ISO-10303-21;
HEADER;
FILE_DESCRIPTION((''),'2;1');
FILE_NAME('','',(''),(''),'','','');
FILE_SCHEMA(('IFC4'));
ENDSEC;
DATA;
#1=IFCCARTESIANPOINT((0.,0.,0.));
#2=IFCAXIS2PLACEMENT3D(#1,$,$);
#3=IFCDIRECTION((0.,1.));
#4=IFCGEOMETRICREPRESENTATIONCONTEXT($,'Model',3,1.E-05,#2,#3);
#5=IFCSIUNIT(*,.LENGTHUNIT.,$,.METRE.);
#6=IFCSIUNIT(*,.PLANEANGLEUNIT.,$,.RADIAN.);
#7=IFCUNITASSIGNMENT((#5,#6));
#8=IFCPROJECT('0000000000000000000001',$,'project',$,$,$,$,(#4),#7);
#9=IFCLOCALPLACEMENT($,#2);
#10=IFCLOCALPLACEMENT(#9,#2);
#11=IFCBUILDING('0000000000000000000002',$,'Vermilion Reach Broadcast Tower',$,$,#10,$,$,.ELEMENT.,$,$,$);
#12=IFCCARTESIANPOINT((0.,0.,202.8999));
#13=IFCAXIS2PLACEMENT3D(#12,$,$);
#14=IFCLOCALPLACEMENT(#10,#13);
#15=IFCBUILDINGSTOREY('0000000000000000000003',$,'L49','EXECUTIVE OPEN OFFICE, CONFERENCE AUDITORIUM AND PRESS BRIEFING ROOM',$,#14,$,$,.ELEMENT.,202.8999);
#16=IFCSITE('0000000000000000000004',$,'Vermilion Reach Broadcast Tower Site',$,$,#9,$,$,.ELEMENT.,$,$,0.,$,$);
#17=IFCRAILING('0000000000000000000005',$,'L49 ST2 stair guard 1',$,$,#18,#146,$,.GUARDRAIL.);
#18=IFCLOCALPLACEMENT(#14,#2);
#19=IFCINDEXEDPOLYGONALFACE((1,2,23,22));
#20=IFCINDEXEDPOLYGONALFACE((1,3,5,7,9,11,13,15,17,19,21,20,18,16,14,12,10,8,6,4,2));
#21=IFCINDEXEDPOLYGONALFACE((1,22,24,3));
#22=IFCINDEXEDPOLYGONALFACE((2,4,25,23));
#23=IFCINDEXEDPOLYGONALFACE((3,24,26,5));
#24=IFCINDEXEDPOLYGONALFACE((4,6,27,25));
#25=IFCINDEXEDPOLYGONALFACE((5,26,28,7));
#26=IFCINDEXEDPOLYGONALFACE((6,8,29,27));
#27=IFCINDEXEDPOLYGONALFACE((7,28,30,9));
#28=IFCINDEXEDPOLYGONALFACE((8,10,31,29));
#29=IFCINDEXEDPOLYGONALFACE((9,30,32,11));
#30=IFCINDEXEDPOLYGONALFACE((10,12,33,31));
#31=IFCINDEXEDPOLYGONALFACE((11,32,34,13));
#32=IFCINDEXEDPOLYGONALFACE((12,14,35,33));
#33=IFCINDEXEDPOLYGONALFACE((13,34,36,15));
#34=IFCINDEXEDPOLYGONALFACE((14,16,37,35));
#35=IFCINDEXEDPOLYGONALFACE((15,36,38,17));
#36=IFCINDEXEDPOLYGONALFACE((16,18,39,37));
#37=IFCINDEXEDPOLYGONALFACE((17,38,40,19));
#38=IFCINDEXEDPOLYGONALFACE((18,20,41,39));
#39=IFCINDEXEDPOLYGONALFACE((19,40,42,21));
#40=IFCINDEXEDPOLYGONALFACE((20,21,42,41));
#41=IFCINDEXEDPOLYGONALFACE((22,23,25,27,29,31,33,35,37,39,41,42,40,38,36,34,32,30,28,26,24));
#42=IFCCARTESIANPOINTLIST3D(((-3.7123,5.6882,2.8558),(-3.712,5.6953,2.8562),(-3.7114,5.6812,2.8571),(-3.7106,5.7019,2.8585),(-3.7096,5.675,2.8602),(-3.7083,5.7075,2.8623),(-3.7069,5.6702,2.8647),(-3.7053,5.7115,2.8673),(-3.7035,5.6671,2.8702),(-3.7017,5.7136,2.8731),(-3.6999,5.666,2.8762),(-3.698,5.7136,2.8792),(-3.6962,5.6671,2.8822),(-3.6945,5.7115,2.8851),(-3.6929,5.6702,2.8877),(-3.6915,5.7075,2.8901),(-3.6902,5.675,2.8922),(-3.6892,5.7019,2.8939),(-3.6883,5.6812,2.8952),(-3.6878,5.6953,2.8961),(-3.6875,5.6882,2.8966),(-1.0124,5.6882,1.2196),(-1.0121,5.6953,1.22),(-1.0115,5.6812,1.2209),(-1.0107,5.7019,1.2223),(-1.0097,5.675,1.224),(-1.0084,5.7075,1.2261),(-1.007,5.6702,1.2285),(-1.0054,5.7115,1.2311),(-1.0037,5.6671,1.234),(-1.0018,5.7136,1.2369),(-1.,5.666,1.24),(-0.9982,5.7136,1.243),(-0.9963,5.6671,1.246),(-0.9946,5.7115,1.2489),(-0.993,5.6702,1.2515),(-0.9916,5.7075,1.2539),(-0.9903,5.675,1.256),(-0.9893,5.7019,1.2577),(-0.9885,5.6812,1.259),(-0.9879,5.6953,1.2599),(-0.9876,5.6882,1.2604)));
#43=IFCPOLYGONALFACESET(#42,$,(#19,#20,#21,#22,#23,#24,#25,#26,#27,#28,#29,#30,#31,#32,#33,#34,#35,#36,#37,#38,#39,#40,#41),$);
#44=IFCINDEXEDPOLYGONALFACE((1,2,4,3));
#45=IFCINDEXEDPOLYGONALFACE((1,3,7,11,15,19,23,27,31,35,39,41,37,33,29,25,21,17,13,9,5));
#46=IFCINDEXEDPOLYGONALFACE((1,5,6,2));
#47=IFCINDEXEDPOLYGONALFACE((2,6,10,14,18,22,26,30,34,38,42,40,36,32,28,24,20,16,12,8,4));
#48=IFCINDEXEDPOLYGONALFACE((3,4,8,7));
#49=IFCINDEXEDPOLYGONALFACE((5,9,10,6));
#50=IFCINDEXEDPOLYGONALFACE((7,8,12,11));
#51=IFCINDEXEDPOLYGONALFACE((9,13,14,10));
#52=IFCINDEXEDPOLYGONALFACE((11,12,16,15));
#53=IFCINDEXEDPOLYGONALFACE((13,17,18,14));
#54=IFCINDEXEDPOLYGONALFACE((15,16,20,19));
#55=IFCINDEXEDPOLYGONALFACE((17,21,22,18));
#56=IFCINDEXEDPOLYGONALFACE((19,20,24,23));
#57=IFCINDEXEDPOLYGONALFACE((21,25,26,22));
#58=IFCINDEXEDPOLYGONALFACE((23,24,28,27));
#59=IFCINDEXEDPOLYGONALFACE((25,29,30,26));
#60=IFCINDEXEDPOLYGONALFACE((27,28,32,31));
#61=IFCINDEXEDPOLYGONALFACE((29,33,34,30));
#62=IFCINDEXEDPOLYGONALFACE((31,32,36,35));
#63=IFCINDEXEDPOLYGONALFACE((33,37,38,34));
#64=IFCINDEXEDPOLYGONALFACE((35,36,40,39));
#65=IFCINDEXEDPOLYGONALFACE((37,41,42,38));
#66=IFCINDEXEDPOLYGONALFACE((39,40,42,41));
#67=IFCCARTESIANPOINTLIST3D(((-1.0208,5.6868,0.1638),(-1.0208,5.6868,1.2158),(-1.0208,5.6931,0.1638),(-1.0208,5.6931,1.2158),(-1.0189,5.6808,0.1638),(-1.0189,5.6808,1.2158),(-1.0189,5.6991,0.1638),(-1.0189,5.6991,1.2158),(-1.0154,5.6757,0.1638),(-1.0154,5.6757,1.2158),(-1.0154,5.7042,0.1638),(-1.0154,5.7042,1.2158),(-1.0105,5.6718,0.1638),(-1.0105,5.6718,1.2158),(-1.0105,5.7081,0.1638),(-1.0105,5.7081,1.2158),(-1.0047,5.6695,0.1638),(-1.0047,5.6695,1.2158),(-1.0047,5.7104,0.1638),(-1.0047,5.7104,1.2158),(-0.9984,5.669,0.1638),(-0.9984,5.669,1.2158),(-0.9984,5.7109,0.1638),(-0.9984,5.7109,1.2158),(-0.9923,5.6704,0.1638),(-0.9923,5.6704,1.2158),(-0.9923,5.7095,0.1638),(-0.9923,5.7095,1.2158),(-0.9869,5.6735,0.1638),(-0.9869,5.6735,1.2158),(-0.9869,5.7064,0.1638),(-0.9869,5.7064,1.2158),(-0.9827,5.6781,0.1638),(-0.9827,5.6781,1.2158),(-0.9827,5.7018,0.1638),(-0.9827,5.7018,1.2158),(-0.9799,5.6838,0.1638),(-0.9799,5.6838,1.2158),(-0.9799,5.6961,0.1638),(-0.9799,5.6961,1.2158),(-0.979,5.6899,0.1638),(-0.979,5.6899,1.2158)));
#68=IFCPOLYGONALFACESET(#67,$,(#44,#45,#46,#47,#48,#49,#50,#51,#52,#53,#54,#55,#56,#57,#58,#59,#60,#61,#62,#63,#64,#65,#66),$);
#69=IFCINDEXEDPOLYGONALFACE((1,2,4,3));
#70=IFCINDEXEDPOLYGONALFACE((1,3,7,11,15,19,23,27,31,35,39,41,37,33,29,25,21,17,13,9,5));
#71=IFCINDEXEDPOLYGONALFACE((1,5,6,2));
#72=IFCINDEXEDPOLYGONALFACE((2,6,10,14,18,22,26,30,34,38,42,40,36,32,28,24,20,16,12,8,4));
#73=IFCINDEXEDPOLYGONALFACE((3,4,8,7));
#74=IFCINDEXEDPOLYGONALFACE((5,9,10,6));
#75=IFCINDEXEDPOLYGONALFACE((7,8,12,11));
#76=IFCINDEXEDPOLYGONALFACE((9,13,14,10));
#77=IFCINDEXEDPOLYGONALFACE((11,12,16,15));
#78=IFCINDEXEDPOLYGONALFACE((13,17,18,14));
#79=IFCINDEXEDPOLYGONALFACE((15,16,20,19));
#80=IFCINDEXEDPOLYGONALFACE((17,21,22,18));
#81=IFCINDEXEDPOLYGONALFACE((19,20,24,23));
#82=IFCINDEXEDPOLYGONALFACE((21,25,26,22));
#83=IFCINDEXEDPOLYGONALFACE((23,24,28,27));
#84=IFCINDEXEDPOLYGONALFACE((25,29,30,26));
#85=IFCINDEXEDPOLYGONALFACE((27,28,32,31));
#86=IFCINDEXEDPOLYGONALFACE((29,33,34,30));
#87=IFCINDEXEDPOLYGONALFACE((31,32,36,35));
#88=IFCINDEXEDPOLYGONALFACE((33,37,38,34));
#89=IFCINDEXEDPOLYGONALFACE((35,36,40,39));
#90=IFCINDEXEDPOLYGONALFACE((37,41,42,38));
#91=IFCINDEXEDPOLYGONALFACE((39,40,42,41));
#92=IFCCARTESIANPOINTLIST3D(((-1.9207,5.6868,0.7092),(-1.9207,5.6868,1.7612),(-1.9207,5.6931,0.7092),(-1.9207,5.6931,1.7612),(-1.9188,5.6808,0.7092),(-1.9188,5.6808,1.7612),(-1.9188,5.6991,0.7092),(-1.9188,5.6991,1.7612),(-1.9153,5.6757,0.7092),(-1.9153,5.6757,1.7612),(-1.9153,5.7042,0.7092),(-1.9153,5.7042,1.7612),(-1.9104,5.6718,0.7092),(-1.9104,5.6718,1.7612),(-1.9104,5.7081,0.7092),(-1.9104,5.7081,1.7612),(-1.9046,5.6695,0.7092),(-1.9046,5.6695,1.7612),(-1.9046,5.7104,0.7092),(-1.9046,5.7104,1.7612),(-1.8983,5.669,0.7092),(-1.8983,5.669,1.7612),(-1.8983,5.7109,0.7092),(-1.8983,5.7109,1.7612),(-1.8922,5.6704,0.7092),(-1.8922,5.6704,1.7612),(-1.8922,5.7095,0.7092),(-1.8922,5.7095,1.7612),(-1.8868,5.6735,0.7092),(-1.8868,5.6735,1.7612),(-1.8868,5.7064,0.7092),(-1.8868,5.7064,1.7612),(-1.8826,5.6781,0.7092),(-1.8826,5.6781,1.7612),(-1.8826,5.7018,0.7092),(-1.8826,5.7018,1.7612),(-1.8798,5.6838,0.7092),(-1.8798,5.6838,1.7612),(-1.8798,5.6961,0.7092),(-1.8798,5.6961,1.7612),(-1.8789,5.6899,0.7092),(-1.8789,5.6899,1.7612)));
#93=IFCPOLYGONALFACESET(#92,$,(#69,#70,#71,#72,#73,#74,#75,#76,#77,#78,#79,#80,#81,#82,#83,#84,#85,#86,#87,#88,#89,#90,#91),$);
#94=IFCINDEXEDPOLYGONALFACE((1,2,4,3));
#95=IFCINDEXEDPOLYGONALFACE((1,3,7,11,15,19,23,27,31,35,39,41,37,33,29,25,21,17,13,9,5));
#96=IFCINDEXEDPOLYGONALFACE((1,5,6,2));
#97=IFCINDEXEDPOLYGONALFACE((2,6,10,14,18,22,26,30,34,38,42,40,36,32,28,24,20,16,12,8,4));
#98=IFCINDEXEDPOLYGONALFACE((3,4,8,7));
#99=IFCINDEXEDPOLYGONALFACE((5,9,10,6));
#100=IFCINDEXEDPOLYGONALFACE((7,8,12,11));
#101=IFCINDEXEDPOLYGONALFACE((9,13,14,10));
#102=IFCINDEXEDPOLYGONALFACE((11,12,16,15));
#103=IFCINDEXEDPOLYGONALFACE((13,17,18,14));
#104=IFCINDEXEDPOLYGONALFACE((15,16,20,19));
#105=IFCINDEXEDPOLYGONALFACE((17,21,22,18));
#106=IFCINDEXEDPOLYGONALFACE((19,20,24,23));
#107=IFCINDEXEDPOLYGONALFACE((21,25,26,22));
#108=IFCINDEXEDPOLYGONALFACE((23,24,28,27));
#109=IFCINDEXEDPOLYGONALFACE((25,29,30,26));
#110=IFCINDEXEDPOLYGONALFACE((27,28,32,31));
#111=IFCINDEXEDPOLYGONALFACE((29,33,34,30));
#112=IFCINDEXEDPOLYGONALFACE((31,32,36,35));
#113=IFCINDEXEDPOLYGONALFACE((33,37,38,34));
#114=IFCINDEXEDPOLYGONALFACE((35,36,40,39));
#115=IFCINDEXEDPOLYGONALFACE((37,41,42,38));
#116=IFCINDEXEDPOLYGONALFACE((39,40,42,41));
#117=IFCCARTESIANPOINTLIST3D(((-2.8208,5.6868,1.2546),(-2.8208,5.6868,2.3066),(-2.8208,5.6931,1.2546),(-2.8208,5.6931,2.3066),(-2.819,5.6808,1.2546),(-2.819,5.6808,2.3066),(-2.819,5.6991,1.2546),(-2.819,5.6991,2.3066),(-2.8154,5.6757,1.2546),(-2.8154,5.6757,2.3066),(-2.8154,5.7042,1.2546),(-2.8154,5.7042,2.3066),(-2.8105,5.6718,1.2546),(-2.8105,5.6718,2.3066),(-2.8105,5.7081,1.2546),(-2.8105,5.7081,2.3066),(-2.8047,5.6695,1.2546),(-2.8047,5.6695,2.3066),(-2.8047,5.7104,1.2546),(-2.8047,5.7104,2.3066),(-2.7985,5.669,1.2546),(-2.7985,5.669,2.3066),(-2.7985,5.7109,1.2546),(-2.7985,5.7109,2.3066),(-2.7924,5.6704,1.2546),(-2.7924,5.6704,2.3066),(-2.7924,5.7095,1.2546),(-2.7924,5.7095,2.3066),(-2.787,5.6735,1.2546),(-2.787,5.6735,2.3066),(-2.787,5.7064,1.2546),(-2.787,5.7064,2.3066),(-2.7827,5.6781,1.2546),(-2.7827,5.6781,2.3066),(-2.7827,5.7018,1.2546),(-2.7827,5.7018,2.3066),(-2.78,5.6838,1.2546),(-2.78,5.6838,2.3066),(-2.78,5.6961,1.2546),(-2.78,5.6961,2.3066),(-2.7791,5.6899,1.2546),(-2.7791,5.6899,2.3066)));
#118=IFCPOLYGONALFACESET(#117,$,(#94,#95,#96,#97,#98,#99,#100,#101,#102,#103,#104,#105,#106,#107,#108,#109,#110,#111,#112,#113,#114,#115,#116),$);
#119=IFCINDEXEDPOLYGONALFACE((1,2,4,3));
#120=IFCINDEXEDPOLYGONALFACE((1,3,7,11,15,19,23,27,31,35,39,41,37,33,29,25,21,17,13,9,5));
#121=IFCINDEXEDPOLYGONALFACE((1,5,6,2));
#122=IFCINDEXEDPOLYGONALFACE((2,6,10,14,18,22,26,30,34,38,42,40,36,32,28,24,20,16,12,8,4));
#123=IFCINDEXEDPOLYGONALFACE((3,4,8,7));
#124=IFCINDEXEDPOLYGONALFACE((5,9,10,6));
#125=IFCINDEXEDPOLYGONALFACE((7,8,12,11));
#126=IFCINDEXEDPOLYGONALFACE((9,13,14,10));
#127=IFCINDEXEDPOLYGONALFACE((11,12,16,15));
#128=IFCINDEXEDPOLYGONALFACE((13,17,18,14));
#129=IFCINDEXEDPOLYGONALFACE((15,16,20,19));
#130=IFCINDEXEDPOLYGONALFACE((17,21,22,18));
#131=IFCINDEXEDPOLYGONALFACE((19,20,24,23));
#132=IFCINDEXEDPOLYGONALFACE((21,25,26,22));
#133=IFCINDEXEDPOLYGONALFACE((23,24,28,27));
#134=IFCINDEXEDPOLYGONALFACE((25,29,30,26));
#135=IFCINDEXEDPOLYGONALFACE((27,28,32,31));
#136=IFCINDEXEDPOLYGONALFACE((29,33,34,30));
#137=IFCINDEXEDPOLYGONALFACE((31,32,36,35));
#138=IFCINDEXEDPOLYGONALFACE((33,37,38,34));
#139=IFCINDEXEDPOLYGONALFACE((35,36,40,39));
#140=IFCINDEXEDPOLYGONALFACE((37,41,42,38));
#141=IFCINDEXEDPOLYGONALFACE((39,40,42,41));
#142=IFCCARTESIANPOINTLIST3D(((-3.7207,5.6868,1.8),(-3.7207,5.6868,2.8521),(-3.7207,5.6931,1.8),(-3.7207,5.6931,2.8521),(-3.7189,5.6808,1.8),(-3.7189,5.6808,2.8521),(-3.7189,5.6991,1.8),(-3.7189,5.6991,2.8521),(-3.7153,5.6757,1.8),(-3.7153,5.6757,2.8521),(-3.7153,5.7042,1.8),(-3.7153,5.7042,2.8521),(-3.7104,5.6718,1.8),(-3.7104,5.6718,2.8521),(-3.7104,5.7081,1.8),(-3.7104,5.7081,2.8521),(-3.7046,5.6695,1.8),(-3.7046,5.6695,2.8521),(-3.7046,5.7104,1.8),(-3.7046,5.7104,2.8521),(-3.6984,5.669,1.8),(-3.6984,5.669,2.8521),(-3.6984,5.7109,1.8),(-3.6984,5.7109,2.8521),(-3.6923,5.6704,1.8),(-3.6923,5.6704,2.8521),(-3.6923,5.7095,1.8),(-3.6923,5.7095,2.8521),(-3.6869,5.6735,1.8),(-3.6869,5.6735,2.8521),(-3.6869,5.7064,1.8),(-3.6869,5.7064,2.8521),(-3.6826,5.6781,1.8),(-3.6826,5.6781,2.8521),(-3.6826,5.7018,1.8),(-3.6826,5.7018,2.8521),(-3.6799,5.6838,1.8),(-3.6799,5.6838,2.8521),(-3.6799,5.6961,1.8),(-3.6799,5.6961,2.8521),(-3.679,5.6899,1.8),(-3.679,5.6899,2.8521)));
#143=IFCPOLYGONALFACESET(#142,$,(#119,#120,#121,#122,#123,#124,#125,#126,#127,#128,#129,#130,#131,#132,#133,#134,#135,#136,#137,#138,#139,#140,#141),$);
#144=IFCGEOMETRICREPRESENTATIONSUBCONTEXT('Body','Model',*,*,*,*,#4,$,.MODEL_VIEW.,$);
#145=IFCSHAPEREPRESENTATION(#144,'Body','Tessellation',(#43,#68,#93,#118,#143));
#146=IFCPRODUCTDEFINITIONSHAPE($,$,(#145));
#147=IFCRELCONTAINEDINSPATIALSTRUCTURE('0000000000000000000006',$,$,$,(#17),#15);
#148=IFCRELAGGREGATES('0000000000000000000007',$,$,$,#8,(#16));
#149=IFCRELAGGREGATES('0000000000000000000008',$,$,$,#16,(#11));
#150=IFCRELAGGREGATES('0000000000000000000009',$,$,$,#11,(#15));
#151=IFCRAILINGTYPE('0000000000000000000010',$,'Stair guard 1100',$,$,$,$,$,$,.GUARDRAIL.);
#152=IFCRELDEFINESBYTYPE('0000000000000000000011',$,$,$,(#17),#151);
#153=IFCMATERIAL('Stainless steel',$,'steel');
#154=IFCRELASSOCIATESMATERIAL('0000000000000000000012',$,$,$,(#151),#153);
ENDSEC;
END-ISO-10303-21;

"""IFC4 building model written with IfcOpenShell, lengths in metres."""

from ifc_helpers import new_model, si_unit, direction, frame, origin, origin_2d, place, context, subcontext, project, spatial, circle, extrude, material, type_object, element, save


model = new_model("IFC4")

# Units and contexts
model_context = context("Model", 3, precision=1e-05, world=origin(), true_north=direction((0.0, 1.0)))
body_context = subcontext(model_context, "Body", "Model", "MODEL_VIEW")
ifc_project = project(units=[si_unit("LENGTHUNIT", "METRE"), si_unit("PLANEANGLEUNIT", "RADIAN")], contexts=[model_context])

# Site, building, storey
site_placement = place(None, origin())
site = spatial("IfcSite", under=ifc_project, at=site_placement, Name="Vermilion Reach Broadcast Tower Site", CompositionType="ELEMENT", RefElevation=0.0)
building_placement = place(site_placement, origin())
building = spatial("IfcBuilding", under=site, at=building_placement, Name="Vermilion Reach Broadcast Tower", CompositionType="ELEMENT")
storey_placement = place(building_placement, frame((0.0, 0.0, 202.8999)))
storey = spatial("IfcBuildingStorey", under=building, at=storey_placement, Name="L49", Description="EXECUTIVE OPEN OFFICE, CONFERENCE AUDITORIUM AND PRESS BRIEFING ROOM", CompositionType="ELEMENT", Elevation=202.8999)

# Railing
ifc_material_1 = material(Name="Stainless steel", Category="steel")
railing_type_1 = type_object("IfcRailingType", Name="Stair guard 1100", PredefinedType="GUARDRAIL", material=ifc_material_1)
railing_1_placement = place(storey_placement, frame((-1.0, 5.6899, 0.1638)))
element("IfcRailing", 1, at=railing_1_placement, inside=storey, type_object=railing_type_1, Name="L49 ST2 stair guard 1", PredefinedType="GUARDRAIL", context=body_context, shape_type="SweptSolid", body=[
    extrude(circle(Radius=0.0239, at=origin_2d()), frame((0.0, 0.0, 1.0762), z_axis=(-0.855212, 0.0, 0.518278), x_axis=(0.0, -1.0, 0.0)), (0.0, 0.0, 1.0), 3.157),
    extrude(circle(Radius=0.021, at=origin_2d()), origin(), (0.0, 0.0, 1.0), 1.052),
    extrude(circle(Radius=0.021, at=origin_2d()), frame((-0.8999, 0.0, 0.5454)), (0.0, 0.0, 1.0), 1.052),
    extrude(circle(Radius=0.021, at=origin_2d()), frame((-1.8, 0.0, 1.0908)), (0.0, 0.0, 1.0), 1.052),
    extrude(circle(Radius=0.021, at=origin_2d()), frame((-2.7, 0.0, 1.6362)), (0.0, 0.0, 1.0), 1.052),
])

save(model, "model.ifc")
